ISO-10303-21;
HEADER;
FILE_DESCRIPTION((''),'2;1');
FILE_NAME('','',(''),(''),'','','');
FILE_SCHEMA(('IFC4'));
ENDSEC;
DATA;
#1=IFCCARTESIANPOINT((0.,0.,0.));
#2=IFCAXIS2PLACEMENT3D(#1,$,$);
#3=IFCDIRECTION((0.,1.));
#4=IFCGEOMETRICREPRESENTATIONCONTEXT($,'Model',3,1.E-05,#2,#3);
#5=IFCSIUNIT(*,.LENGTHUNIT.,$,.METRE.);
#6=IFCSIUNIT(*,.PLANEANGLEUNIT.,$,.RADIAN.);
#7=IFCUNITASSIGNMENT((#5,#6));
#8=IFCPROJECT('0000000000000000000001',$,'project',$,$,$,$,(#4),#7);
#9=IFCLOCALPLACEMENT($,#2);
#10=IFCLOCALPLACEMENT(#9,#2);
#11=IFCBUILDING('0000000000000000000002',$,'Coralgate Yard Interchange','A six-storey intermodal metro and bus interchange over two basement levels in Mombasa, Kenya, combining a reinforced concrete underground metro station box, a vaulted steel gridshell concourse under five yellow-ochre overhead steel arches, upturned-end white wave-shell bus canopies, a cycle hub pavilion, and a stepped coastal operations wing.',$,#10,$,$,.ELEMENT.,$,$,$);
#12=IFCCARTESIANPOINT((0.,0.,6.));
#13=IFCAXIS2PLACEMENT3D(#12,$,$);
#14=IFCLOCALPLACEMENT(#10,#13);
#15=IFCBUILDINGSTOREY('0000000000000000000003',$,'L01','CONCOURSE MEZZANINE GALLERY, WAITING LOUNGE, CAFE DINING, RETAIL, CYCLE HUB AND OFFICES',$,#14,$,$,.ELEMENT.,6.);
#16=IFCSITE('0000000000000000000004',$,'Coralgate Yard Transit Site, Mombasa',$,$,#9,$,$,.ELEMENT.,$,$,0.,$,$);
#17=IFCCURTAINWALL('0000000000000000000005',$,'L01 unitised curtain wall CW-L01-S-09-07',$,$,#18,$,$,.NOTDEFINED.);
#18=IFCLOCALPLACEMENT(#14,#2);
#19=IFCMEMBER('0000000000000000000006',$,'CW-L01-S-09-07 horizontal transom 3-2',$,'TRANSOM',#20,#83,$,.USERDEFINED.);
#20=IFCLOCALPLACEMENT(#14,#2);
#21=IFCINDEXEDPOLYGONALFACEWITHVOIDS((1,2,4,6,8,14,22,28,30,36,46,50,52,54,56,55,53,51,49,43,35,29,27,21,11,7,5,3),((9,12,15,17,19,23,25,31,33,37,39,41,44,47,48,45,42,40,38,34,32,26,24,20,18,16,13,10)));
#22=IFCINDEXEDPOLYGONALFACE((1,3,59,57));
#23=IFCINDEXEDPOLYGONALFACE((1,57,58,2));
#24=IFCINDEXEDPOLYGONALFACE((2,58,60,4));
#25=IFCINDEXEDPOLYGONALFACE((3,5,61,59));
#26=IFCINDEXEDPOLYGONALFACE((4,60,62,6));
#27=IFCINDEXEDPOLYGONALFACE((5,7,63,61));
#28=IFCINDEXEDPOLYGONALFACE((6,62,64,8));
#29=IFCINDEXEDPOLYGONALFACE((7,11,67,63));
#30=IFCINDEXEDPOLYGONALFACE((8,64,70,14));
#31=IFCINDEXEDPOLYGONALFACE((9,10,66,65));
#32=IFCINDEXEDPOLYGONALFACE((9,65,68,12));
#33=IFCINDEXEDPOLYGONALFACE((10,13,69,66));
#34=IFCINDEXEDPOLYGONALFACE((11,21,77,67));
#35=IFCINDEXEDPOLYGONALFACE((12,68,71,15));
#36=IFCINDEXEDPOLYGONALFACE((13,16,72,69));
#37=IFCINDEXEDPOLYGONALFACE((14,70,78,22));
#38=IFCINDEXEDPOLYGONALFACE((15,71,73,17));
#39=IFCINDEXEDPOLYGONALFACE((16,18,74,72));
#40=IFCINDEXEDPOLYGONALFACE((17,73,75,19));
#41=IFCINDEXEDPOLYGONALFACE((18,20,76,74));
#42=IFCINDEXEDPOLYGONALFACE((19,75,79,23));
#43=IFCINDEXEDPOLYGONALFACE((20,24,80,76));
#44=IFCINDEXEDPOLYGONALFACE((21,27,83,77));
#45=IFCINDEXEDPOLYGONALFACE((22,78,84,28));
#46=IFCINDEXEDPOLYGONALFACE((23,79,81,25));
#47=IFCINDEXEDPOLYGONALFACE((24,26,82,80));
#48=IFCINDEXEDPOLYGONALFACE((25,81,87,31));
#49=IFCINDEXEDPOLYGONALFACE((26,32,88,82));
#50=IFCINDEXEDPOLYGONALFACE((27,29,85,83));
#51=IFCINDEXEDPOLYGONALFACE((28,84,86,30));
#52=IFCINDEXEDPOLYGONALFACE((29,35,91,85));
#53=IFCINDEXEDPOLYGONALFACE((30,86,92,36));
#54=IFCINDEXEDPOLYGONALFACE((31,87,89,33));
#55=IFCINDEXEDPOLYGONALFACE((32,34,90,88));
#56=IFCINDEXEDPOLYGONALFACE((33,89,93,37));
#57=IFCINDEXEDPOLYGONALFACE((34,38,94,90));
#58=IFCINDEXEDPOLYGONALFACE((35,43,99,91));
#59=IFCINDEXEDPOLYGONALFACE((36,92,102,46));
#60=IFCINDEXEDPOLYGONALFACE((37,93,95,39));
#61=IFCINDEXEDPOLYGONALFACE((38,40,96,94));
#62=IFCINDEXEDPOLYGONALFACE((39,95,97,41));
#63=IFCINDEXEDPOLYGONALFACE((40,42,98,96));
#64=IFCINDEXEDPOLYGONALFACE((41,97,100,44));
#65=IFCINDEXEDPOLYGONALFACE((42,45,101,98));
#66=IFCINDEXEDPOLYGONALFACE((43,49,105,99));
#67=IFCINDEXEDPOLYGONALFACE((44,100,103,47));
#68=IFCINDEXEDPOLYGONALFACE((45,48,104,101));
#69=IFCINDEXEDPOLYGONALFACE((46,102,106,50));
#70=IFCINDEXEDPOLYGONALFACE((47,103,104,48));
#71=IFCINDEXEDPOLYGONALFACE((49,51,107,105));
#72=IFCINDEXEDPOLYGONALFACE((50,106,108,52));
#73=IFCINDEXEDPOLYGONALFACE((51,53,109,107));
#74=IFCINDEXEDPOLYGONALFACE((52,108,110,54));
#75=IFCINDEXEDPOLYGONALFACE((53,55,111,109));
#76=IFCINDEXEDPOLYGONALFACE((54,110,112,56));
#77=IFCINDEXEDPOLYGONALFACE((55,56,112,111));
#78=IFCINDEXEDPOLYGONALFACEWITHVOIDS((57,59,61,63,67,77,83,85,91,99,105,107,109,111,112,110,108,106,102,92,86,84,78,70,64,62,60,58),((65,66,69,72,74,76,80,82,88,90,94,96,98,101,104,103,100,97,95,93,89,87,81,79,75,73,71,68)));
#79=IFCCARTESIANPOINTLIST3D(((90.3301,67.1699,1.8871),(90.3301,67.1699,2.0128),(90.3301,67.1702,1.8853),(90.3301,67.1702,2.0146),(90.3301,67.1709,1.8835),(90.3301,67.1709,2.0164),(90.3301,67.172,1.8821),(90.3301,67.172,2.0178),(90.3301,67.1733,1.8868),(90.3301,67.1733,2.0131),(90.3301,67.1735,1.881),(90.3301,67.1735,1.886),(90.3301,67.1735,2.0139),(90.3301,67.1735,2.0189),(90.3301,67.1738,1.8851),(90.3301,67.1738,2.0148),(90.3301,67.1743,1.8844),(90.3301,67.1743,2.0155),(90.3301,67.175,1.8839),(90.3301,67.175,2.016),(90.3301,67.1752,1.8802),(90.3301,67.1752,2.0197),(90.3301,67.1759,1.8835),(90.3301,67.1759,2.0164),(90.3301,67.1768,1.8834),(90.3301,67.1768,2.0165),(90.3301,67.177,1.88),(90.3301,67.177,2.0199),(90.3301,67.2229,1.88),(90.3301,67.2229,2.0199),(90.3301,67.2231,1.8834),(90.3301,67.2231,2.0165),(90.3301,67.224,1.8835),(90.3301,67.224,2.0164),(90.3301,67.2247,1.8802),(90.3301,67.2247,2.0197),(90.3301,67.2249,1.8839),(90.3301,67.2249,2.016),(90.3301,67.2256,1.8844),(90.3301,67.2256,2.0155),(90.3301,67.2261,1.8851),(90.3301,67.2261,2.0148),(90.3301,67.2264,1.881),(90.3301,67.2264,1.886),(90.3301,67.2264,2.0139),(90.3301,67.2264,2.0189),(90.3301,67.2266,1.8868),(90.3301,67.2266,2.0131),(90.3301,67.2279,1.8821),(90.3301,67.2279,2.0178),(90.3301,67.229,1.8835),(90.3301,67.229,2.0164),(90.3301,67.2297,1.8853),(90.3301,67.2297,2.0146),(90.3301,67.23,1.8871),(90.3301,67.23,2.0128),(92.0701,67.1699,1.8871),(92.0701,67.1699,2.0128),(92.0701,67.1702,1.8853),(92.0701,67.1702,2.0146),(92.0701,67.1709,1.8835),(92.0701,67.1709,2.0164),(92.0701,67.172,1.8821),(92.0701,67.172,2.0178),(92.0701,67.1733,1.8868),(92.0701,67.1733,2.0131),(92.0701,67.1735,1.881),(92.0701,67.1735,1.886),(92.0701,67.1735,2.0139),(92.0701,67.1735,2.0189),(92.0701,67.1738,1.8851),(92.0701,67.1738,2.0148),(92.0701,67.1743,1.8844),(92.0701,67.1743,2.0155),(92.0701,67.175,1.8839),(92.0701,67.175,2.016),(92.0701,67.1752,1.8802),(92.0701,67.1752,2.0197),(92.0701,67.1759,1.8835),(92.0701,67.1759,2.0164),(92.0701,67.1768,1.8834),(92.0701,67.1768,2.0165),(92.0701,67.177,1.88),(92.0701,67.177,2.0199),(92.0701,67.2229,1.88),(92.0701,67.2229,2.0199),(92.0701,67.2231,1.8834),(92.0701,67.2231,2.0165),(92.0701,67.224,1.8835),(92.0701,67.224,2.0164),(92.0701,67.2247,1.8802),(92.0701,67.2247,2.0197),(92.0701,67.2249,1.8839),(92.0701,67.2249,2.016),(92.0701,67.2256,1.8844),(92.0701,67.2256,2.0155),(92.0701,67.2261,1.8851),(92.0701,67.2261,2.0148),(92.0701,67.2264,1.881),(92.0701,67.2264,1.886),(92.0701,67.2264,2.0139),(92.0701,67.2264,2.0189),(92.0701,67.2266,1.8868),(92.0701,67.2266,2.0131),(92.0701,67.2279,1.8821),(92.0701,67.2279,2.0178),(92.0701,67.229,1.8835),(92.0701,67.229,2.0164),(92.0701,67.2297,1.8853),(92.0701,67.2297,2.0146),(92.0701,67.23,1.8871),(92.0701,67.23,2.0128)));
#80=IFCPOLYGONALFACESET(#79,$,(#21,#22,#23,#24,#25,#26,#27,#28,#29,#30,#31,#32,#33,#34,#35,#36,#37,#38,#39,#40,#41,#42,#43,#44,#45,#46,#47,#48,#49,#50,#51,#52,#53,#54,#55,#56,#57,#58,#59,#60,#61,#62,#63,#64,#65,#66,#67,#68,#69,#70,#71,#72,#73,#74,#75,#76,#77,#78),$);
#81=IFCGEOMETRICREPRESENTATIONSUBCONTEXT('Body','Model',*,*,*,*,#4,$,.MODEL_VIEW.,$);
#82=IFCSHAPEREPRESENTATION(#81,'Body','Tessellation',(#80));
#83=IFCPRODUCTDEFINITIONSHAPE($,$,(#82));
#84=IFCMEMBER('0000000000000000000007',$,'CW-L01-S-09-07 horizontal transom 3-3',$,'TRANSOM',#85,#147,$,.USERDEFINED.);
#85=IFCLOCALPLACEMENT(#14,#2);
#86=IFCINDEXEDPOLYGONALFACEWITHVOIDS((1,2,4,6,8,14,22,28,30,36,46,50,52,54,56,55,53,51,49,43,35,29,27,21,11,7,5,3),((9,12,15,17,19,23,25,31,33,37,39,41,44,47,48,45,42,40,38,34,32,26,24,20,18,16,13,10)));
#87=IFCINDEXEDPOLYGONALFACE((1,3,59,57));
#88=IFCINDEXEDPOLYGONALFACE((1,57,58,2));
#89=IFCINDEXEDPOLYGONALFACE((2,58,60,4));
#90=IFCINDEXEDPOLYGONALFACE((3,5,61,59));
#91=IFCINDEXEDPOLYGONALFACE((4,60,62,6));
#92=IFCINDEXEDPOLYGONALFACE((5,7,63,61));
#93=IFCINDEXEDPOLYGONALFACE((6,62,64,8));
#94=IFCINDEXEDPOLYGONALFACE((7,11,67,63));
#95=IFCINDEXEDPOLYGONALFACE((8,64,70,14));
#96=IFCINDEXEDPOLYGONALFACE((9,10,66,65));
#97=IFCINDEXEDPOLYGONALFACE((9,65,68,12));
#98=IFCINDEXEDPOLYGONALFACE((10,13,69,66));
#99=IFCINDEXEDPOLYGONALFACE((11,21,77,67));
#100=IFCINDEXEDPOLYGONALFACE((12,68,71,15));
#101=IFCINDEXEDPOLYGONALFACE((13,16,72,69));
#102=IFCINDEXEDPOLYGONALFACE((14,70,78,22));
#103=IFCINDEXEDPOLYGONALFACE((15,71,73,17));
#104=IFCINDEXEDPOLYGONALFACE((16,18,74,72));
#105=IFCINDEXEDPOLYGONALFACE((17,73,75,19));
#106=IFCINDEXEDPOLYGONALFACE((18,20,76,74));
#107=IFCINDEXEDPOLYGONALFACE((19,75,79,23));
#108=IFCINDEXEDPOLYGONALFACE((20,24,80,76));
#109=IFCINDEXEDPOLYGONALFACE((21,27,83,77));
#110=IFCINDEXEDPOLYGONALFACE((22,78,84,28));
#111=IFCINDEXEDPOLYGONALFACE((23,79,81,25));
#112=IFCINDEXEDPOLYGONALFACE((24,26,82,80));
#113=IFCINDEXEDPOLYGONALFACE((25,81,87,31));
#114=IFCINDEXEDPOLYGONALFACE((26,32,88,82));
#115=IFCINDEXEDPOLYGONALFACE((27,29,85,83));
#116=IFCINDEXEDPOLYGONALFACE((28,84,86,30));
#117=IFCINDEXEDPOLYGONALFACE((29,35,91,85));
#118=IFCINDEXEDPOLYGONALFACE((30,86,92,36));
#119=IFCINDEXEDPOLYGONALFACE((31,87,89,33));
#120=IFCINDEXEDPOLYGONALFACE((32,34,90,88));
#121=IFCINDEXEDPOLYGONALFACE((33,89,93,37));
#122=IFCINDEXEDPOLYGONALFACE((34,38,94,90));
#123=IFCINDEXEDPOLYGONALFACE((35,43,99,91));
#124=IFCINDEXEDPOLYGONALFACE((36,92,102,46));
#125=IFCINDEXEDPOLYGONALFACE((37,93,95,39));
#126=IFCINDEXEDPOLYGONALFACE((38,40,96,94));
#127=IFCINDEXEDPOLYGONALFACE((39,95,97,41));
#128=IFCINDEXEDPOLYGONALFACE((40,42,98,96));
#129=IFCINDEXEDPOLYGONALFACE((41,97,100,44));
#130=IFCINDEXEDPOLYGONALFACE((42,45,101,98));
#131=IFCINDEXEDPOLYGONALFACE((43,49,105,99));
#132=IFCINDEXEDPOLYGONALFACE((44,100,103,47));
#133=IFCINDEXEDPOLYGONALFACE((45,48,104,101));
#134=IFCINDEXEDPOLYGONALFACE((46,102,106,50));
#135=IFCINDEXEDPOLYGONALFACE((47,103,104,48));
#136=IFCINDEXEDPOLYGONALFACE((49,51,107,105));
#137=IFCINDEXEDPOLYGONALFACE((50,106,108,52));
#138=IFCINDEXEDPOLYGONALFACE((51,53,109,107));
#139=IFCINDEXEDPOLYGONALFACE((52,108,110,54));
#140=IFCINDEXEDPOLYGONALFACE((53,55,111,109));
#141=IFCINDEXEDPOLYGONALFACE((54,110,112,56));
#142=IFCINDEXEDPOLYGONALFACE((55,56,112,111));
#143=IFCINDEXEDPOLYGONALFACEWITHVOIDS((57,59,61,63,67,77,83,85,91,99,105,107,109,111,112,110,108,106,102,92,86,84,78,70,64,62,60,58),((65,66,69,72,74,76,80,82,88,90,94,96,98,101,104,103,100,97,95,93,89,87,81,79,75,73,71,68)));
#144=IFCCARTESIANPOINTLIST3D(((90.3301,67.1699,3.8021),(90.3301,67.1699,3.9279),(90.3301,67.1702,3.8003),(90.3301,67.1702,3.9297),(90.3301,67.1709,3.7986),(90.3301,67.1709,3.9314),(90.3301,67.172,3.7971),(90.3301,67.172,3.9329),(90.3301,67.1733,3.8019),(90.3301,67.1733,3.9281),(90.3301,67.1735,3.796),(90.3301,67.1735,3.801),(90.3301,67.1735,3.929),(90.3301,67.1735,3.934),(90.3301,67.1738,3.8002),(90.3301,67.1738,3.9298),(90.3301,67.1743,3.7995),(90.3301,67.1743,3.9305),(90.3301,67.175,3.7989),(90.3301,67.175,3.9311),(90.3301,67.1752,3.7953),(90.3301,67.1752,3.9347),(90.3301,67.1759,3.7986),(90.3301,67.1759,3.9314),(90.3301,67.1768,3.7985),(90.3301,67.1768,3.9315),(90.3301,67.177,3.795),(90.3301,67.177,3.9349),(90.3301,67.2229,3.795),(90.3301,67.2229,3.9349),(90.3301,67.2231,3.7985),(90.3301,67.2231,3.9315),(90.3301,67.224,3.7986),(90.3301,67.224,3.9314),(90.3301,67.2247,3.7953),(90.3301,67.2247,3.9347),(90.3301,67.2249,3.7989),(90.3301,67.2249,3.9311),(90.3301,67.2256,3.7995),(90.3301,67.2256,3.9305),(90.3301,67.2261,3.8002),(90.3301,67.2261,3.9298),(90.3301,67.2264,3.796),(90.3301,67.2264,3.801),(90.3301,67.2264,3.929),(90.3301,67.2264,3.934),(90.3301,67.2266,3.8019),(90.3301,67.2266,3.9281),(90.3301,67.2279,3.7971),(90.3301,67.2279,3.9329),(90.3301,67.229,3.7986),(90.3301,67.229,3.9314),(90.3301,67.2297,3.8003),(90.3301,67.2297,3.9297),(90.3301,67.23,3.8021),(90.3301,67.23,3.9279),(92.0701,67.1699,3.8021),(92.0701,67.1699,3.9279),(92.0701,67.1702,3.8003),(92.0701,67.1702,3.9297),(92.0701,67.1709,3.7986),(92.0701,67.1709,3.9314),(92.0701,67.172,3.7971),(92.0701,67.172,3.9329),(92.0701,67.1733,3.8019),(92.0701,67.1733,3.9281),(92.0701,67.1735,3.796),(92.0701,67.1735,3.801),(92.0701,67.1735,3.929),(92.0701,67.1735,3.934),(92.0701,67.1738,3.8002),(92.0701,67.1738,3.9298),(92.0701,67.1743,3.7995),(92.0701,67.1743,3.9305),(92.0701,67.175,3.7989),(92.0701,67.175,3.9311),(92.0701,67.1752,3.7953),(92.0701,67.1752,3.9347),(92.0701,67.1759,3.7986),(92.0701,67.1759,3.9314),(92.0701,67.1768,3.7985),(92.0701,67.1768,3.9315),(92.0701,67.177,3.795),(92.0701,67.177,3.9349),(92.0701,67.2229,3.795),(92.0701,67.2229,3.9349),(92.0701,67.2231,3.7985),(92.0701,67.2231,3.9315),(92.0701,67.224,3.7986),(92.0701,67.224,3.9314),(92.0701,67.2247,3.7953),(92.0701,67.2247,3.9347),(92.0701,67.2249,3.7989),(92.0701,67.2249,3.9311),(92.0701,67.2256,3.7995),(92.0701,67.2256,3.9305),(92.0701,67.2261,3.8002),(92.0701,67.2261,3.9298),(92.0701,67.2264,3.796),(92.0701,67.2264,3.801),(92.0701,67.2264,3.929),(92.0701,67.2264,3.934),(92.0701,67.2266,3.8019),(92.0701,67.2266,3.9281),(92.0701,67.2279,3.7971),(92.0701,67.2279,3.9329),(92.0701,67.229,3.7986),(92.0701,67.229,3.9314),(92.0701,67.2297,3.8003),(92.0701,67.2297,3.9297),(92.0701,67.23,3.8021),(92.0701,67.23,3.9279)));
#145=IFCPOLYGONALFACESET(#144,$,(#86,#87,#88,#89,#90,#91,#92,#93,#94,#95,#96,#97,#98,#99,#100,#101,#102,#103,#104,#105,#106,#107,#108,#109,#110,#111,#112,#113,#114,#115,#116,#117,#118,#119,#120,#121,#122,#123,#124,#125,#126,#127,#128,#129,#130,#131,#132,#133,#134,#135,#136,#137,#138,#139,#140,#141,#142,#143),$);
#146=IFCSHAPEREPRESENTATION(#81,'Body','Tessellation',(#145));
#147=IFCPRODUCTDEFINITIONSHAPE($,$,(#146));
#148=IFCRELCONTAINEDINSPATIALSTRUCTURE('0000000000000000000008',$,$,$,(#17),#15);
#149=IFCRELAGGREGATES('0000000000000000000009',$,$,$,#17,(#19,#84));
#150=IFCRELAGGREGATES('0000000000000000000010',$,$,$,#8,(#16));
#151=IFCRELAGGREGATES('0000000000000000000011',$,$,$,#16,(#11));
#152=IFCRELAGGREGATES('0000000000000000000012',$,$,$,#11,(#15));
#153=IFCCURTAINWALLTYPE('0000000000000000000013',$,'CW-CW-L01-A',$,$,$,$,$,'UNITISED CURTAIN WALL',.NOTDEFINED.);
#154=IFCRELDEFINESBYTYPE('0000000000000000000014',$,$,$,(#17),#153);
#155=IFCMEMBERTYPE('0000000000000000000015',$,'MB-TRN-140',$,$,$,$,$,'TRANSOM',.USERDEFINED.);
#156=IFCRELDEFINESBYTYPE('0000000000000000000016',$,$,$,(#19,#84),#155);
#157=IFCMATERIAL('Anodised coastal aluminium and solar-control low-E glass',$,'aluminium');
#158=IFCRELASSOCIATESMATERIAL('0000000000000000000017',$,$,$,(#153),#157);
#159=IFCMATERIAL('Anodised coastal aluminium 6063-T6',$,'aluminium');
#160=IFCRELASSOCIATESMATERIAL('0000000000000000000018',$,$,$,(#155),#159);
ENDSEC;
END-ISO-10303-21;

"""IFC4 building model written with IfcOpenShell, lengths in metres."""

from ifc_helpers import new_model, si_unit, direction, frame, origin, origin_2d, place, context, subcontext, project, spatial, hollow_rectangle, extrude, material, material_profile, profile_set, type_object, element, aggregate, save


model = new_model("IFC4")

# Units and contexts
model_context = context("Model", 3, precision=1e-05, world=origin(), true_north=direction((0.0, 1.0)))
body_context = subcontext(model_context, "Body", "Model", "MODEL_VIEW")
ifc_project = project(units=[si_unit("LENGTHUNIT", "METRE"), si_unit("PLANEANGLEUNIT", "RADIAN")], contexts=[model_context])

# Site, building, storey
site_placement = place(None, origin())
site = spatial("IfcSite", under=ifc_project, at=site_placement, Name="Coralgate Yard Transit Site, Mombasa", CompositionType="ELEMENT", RefElevation=0.0)
building_placement = place(site_placement, origin())
building = spatial("IfcBuilding", under=site, at=building_placement, Name="Coralgate Yard Interchange", Description="A six-storey intermodal metro and bus interchange over two basement levels in Mombasa, Kenya, combining a reinforced concrete underground metro station box, a vaulted steel gridshell concourse under five yellow-ochre overhead steel arches, upturned-end white wave-shell bus canopies, a cycle hub pavilion, and a stepped coastal operations wing.", CompositionType="ELEMENT")
storey_placement = place(building_placement, frame((0.0, 0.0, 6.0)))
storey = spatial("IfcBuildingStorey", under=building, at=storey_placement, Name="L01", Description="CONCOURSE MEZZANINE GALLERY, WAITING LOUNGE, CAFE DINING, RETAIL, CYCLE HUB AND OFFICES", CompositionType="ELEMENT", Elevation=6.0)

# Curtain wall, members
ifc_material_1 = material(Name="Anodised coastal aluminium and solar-control low-E glass", Category="aluminium")
curtain_wall_type = type_object("IfcCurtainWallType", Name="CW-CW-L01-A", ElementType="UNITISED CURTAIN WALL", PredefinedType="NOTDEFINED", material=ifc_material_1)
curtain_wall_placement = place(storey_placement, origin())
curtain_wall = element("IfcCurtainWall", 1, at=curtain_wall_placement, inside=storey, type_object=curtain_wall_type, Name="L01 unitised curtain wall CW-L01-S-09-07", PredefinedType="NOTDEFINED")
ifc_material_2 = material(Name="Anodised coastal aluminium 6063-T6", Category="aluminium")
ifc_material_profile_1 = material_profile(ifc_material_2, hollow_rectangle(XDim=0.0601, YDim=0.1399, WallThickness=0.0034, InnerFilletRadius=0.0034, OuterFilletRadius=0.0071, at=origin_2d()), Name="ALU 60x140x3.5")
ifc_profile_set_1 = profile_set([ifc_material_profile_1], Name="Anodised coastal aluminium 6063-T6")
member_type_1 = type_object("IfcMemberType", Name="MB-TRN-140", ElementType="TRANSOM", PredefinedType="USERDEFINED", material=ifc_profile_set_1)
member_1_placement = place(storey_placement, frame((92.0701, 67.2, 1.95), z_axis=(-1.0, 0.0, 0.0), x_axis=(0.0, -1.0, 0.0)))
member_1 = element("IfcMember", 2, at=member_1_placement, type_object=member_type_1, Name="CW-L01-S-09-07 horizontal transom 3-2", ObjectType="TRANSOM", PredefinedType="USERDEFINED", context=body_context, shape_type="SweptSolid", body=[
    extrude(hollow_rectangle(XDim=0.0601, YDim=0.1399, WallThickness=0.0034, InnerFilletRadius=0.0034, OuterFilletRadius=0.0071, at=origin_2d()), origin(), (0.0, 0.0, 1.0), 1.74),
])
member_2_placement = place(storey_placement, frame((92.0701, 67.2, 3.865), z_axis=(-1.0, 0.0, 0.0), x_axis=(0.0, -1.0, 0.0)))
member_2 = element("IfcMember", 3, at=member_2_placement, type_object=member_type_1, Name="CW-L01-S-09-07 horizontal transom 3-3", ObjectType="TRANSOM", PredefinedType="USERDEFINED", context=body_context, shape_type="SweptSolid", body=[
    extrude(hollow_rectangle(XDim=0.0601, YDim=0.1399, WallThickness=0.0034, InnerFilletRadius=0.0034, OuterFilletRadius=0.0071, at=origin_2d()), origin(), (0.0, 0.0, 1.0), 1.74),
])
aggregate(curtain_wall, [member_1, member_2])

save(model, "model.ifc")
